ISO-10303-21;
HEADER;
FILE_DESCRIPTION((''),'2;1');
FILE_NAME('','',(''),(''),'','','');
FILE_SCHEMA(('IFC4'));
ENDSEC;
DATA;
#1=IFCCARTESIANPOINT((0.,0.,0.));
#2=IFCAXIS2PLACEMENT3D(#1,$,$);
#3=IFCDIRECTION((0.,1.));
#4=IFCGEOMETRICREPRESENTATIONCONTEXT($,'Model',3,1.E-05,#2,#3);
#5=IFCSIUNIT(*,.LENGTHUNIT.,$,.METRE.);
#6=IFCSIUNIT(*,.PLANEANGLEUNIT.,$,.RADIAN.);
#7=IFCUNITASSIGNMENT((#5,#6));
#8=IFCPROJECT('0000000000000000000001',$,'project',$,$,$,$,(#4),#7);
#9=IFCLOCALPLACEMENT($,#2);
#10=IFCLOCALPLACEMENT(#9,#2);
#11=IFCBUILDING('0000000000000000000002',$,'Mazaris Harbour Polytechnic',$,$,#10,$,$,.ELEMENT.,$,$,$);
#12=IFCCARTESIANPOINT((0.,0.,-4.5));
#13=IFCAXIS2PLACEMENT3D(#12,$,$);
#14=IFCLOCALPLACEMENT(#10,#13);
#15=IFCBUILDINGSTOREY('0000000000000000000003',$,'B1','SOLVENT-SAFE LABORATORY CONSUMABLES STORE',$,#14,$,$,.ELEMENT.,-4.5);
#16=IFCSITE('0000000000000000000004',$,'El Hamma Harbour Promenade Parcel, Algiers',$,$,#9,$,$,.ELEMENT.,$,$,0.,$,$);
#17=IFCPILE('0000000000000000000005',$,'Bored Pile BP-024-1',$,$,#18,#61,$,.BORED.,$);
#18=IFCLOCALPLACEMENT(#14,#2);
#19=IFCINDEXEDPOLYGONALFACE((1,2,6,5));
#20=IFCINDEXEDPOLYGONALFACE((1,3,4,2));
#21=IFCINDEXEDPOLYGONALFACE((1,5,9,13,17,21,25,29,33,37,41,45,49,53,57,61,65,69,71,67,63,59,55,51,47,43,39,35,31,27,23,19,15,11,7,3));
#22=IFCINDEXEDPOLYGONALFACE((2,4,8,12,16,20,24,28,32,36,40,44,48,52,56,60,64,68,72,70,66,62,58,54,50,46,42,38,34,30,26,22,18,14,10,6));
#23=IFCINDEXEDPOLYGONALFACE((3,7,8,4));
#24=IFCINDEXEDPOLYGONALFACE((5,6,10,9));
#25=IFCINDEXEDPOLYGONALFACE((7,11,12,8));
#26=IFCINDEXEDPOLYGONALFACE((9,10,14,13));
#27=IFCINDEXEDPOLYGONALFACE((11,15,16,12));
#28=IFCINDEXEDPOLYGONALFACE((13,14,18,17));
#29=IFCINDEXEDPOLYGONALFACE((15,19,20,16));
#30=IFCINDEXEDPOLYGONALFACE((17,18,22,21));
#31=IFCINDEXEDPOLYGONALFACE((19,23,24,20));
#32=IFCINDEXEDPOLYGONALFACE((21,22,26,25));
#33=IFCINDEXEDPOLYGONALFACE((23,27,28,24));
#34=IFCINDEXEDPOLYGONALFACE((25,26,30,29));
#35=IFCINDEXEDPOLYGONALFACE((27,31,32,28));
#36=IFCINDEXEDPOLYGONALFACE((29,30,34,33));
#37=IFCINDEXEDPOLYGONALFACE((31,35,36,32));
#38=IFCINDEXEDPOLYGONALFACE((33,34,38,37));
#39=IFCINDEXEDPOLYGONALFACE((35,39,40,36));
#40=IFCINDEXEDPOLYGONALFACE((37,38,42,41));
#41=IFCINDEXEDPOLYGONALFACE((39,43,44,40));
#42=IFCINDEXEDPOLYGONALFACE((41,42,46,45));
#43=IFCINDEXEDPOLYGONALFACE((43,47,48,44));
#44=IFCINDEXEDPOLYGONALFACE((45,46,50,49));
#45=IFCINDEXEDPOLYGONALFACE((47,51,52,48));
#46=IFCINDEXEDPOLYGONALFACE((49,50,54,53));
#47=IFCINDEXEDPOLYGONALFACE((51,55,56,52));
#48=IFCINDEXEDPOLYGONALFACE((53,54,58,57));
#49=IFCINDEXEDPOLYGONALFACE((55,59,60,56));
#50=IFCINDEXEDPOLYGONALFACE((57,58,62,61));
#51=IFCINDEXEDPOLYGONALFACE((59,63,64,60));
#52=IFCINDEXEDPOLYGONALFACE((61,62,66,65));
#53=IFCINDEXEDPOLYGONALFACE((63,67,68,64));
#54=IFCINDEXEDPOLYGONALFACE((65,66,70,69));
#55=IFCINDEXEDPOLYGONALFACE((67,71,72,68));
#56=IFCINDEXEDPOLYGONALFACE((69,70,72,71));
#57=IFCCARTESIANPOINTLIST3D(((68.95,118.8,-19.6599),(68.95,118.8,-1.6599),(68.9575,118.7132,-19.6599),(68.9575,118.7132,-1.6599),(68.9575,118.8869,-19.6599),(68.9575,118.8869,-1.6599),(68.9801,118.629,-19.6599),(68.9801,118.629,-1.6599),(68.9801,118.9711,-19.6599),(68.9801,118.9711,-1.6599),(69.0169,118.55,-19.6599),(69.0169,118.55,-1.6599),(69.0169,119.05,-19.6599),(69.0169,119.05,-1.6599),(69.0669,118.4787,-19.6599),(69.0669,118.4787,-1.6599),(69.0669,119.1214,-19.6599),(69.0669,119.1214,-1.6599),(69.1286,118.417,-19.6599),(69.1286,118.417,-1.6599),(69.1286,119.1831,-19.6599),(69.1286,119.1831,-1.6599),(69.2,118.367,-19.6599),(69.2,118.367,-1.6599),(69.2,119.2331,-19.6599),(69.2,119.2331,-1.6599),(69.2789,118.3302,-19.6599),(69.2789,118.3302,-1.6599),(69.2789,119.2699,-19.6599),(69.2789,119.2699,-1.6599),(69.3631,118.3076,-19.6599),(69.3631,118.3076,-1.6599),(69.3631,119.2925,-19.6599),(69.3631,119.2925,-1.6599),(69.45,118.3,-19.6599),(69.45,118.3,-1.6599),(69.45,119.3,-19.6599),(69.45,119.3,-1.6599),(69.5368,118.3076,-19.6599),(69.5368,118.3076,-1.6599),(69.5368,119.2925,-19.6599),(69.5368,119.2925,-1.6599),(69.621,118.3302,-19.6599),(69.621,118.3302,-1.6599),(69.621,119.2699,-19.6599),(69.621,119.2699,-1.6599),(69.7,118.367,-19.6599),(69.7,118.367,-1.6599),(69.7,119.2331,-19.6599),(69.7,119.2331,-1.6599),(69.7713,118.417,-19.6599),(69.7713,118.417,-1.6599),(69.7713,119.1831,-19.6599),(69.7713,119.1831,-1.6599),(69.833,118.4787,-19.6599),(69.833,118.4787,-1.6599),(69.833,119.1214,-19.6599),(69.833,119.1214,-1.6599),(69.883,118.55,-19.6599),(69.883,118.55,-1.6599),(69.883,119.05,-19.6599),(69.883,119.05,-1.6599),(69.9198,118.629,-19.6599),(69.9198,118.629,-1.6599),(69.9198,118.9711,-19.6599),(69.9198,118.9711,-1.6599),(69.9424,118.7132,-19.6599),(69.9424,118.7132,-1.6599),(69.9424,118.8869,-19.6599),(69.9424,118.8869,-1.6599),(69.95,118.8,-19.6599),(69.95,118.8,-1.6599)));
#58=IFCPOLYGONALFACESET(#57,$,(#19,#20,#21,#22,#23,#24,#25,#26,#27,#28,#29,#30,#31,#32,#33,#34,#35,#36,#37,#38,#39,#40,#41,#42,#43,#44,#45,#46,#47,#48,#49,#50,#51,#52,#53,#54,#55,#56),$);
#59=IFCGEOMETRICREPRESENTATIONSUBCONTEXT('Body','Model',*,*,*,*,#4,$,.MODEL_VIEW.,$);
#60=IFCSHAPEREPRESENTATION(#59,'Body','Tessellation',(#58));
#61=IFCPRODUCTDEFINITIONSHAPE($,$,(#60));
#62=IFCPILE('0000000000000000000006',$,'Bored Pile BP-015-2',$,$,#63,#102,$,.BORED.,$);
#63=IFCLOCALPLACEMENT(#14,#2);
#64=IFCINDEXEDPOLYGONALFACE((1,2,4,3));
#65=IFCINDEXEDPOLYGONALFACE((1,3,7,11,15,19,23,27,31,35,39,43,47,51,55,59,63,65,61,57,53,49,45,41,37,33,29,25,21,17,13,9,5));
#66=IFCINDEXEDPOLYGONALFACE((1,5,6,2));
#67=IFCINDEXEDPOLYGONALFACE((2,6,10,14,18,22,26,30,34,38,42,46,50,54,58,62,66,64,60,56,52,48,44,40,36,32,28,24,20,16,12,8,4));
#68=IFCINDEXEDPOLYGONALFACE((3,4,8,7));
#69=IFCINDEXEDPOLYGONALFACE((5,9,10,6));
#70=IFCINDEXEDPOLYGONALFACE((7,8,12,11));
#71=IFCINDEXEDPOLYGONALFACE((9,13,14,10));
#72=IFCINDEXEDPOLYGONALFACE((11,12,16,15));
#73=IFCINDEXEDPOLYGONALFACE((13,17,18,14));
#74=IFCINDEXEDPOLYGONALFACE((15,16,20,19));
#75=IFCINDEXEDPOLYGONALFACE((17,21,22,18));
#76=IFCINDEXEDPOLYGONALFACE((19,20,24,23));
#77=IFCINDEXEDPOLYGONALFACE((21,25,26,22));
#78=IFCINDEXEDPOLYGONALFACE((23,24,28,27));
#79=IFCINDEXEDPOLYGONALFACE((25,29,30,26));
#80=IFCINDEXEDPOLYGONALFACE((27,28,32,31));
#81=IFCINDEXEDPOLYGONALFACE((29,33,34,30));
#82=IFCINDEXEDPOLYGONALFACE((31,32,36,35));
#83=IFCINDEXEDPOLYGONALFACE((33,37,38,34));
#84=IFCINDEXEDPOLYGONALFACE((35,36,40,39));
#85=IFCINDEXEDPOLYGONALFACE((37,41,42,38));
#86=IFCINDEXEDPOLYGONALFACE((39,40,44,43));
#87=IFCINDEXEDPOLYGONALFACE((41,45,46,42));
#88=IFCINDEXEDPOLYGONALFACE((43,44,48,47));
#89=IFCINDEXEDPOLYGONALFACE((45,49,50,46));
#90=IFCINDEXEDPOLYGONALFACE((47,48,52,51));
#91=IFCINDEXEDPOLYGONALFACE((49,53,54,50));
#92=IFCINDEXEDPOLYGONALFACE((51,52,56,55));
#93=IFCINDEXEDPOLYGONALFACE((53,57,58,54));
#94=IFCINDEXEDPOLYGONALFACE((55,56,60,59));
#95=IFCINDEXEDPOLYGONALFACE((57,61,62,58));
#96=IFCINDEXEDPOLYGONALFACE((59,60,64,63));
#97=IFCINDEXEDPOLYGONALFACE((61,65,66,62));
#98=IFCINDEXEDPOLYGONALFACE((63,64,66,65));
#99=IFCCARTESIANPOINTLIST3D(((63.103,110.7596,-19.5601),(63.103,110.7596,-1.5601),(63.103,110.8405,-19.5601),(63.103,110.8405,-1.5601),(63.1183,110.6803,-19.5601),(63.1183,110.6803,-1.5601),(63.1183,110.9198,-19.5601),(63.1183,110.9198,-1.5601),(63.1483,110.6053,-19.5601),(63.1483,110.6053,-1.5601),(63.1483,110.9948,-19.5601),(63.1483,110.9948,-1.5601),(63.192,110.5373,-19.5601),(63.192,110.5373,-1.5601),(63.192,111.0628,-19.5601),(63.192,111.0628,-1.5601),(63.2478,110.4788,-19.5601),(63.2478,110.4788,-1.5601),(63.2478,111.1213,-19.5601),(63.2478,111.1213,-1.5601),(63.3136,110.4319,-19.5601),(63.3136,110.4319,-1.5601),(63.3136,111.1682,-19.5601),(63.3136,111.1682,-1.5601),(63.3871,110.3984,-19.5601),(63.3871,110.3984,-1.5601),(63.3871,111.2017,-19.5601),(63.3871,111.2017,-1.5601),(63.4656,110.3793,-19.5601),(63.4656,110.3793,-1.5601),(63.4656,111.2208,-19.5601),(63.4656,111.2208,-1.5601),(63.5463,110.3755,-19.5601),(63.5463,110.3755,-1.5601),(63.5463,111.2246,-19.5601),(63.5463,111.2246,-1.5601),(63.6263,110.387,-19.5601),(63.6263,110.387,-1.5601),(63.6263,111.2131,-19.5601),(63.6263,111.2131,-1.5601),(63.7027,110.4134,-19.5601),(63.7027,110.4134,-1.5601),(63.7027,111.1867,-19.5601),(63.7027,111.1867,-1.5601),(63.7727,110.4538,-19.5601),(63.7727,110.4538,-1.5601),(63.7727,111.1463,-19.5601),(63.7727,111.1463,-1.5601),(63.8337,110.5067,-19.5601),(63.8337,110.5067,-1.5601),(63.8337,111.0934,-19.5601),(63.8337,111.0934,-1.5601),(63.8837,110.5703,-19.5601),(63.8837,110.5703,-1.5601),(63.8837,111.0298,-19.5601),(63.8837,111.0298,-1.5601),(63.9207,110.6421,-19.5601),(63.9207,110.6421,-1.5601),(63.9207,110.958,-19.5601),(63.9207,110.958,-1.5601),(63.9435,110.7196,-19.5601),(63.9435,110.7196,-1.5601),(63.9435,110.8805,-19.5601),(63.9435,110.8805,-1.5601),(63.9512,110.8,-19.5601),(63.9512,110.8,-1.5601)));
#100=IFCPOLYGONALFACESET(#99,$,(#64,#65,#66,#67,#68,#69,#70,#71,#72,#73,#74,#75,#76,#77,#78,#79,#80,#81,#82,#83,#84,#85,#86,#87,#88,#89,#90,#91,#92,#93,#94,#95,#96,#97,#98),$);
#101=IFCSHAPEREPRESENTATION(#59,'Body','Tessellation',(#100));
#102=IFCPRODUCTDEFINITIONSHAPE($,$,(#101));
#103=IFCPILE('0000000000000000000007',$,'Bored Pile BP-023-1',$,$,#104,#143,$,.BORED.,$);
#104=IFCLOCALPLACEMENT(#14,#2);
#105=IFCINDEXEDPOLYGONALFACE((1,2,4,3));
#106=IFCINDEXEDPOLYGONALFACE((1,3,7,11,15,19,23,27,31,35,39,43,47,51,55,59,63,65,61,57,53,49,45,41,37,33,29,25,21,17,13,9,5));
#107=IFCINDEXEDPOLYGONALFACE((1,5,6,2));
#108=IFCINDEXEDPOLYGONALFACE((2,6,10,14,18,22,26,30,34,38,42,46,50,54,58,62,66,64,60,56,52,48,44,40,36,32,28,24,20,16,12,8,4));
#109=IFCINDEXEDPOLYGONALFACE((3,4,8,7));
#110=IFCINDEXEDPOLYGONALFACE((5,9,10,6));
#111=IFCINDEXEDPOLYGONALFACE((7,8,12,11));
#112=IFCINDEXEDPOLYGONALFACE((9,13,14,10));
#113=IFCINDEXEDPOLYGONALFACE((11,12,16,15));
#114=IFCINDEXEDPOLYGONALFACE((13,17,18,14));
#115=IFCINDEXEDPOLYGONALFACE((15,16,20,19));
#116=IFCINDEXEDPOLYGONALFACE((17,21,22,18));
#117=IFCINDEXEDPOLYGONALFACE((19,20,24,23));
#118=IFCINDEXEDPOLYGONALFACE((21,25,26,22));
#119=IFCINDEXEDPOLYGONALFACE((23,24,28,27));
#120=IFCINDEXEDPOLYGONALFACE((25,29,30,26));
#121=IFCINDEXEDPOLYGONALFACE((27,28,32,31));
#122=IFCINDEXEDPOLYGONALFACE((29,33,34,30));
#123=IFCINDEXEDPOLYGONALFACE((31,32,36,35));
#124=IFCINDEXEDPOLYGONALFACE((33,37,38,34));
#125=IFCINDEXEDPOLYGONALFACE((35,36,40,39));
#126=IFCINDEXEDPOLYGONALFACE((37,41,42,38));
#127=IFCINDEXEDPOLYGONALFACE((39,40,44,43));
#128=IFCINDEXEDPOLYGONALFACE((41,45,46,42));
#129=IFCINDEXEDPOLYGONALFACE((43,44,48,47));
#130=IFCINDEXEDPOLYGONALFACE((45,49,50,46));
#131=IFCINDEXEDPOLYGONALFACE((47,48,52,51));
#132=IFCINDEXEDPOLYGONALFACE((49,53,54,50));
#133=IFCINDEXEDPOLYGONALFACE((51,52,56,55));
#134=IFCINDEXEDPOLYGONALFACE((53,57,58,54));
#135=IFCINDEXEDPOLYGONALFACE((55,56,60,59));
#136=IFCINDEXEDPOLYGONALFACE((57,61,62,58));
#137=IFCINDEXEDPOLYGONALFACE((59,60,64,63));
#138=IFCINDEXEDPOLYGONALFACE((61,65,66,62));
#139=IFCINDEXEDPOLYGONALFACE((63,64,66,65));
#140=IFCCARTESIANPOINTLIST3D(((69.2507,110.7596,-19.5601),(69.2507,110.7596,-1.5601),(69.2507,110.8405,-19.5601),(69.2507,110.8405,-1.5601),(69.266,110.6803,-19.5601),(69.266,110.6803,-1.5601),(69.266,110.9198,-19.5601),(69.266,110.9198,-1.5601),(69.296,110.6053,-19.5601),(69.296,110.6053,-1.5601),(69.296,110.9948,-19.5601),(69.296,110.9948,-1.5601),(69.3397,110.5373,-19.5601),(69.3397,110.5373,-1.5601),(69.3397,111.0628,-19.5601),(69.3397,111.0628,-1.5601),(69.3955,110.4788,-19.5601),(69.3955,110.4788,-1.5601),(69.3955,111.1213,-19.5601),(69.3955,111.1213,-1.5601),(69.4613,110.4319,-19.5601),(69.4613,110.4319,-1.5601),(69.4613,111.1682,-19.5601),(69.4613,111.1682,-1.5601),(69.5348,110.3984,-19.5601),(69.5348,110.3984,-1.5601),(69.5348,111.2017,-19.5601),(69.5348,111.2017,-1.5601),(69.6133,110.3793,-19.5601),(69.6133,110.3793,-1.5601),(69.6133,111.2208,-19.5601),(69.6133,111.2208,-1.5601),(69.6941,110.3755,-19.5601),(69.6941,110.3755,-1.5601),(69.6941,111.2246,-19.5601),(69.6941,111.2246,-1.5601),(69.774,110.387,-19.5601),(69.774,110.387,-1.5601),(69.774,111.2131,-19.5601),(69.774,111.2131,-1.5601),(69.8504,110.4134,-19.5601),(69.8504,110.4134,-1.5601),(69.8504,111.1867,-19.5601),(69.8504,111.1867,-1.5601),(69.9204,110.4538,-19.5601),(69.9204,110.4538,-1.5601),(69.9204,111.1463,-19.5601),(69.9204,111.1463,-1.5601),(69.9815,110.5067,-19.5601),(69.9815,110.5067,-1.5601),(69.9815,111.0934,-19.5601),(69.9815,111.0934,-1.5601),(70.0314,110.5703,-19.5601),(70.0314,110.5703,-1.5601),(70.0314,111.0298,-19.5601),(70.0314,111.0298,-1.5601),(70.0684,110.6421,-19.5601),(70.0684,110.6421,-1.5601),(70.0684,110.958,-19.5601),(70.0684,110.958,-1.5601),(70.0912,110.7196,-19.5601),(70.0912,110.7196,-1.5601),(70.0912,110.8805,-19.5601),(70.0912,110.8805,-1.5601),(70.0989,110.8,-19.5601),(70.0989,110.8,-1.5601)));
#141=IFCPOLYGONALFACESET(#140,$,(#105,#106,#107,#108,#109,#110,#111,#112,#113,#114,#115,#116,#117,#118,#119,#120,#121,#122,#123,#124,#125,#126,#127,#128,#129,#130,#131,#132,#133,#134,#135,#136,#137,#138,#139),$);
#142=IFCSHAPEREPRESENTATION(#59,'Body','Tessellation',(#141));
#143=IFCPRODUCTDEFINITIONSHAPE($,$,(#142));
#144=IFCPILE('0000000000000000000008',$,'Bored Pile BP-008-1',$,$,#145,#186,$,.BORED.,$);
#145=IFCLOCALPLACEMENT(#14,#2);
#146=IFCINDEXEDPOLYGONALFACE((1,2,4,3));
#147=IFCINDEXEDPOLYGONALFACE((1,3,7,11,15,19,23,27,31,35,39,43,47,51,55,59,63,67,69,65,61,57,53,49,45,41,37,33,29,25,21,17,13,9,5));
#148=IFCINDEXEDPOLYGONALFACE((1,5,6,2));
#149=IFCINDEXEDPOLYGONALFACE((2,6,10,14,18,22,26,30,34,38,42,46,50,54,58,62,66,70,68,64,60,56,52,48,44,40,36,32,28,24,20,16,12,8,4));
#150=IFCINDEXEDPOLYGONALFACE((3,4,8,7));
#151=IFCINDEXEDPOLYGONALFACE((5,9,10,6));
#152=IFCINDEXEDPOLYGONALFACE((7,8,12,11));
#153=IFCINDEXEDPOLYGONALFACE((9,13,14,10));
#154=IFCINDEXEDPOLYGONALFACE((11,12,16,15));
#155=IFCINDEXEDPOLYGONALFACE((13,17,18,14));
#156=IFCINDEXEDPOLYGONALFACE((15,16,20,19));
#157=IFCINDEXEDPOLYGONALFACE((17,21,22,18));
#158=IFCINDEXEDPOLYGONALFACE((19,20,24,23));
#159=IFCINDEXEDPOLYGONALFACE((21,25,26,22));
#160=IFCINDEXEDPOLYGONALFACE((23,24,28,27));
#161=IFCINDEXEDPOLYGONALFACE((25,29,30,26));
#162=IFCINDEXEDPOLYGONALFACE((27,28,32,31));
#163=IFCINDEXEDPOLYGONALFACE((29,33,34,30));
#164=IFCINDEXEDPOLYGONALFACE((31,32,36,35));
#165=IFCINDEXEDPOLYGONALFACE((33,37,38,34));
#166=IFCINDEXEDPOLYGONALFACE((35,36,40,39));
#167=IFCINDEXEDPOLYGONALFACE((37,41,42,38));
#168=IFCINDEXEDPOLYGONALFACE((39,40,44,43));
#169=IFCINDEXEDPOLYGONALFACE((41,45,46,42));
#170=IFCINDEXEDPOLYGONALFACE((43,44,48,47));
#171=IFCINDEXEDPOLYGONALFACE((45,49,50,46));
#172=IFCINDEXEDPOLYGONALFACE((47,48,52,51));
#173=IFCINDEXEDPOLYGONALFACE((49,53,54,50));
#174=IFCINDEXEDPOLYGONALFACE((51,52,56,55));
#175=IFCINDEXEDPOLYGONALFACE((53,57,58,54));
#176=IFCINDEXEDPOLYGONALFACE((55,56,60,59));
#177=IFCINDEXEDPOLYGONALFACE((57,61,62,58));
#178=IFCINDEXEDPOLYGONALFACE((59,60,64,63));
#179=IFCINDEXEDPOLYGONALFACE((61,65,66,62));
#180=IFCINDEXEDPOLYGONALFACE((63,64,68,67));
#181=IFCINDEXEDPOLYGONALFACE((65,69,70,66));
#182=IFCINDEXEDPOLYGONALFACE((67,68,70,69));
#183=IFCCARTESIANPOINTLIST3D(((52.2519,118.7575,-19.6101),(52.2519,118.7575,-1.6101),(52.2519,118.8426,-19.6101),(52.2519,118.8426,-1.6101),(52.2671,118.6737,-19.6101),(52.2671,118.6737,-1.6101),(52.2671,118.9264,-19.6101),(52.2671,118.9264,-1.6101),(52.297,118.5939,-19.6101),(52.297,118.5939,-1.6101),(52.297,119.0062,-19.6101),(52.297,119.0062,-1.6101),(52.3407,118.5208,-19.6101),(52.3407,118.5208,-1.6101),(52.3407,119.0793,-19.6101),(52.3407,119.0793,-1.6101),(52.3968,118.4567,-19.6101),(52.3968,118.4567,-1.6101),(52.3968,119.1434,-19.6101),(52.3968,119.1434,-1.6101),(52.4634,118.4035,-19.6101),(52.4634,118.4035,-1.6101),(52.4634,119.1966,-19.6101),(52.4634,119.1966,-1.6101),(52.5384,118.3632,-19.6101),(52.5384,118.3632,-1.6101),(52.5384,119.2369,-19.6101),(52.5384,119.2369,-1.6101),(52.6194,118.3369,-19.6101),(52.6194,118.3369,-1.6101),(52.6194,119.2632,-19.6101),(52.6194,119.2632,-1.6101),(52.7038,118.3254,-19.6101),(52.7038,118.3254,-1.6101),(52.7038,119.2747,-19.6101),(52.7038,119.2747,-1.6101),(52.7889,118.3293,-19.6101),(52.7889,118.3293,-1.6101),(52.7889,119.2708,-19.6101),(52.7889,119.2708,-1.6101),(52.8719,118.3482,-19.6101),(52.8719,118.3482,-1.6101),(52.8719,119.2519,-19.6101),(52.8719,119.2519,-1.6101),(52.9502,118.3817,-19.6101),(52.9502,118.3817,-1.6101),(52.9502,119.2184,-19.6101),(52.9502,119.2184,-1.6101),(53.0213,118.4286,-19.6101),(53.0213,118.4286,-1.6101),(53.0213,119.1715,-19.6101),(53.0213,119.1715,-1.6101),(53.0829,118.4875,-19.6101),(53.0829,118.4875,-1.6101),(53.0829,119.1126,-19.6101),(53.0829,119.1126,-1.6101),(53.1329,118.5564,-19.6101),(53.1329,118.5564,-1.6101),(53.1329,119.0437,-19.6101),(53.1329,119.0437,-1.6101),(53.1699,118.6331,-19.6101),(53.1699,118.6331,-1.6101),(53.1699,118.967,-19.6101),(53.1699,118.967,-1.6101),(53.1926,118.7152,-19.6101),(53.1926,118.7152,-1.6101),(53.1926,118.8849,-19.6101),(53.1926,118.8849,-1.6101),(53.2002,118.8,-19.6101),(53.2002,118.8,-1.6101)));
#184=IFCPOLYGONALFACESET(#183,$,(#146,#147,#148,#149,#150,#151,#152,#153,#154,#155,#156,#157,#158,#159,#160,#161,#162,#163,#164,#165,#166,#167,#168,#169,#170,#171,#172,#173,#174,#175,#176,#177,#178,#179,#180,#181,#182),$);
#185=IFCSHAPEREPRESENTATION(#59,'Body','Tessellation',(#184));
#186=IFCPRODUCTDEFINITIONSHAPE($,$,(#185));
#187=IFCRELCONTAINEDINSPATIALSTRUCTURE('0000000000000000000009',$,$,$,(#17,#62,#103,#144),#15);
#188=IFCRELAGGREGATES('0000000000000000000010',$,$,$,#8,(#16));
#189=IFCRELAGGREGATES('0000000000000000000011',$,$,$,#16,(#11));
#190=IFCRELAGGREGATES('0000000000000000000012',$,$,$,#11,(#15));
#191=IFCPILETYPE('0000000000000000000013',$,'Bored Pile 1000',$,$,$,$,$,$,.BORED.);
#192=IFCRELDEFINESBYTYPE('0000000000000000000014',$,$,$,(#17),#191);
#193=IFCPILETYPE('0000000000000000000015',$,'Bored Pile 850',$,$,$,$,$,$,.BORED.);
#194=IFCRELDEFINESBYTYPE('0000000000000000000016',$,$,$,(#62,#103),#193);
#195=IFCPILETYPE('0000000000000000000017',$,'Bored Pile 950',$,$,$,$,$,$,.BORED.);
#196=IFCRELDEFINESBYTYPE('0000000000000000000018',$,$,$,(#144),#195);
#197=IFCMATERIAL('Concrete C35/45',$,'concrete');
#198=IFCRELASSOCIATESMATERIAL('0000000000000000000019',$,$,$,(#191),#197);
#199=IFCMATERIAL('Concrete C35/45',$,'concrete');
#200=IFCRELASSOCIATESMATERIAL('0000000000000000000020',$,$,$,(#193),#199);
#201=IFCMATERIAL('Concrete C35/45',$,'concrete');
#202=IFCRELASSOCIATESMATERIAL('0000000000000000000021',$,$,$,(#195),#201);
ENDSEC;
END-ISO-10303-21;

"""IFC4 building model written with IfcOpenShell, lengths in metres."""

from ifc_helpers import new_model, si_unit, direction, frame, origin, origin_2d, place, context, subcontext, project, spatial, circle, extrude, material, material_profile, profile_set, type_object, element, save


model = new_model("IFC4")

# Units and contexts
model_context = context("Model", 3, precision=1e-05, world=origin(), true_north=direction((0.0, 1.0)))
body_context = subcontext(model_context, "Body", "Model", "MODEL_VIEW")
ifc_project = project(units=[si_unit("LENGTHUNIT", "METRE"), si_unit("PLANEANGLEUNIT", "RADIAN")], contexts=[model_context])

# Site, building, storey
site_placement = place(None, origin())
site = spatial("IfcSite", under=ifc_project, at=site_placement, Name="El Hamma Harbour Promenade Parcel, Algiers", CompositionType="ELEMENT", RefElevation=0.0)
building_placement = place(site_placement, origin())
building = spatial("IfcBuilding", under=site, at=building_placement, Name="Mazaris Harbour Polytechnic", CompositionType="ELEMENT")
storey_placement = place(building_placement, frame((0.0, 0.0, -4.5)))
storey = spatial("IfcBuildingStorey", under=building, at=storey_placement, Name="B1", Description="SOLVENT-SAFE LABORATORY CONSUMABLES STORE", CompositionType="ELEMENT", Elevation=-4.5)

# Piles
ifc_material_1 = material(Name="Concrete C35/45", Category="concrete")
ifc_material_profile_1 = material_profile(ifc_material_1, circle(Radius=0.5, at=origin_2d()), Name="DIA1000")
ifc_profile_set_1 = profile_set([ifc_material_profile_1], Name="Concrete C35/45")
pile_type_1 = type_object("IfcPileType", Name="Bored Pile 1000", PredefinedType="BORED", material=ifc_profile_set_1)
pile_placement = place(storey_placement, frame((69.45, 118.8, -1.6599), z_axis=(0.0, 0.0, -1.0), x_axis=(1.0, 0.0, 0.0)))
element("IfcPile", 1, at=pile_placement, inside=storey, type_object=pile_type_1, Name="Bored Pile BP-024-1", PredefinedType="BORED", context=body_context, shape_type="SweptSolid", body=[
    extrude(circle(Radius=0.5, at=origin_2d()), origin(), (0.0, 0.0, 1.0), 18.0),
])
ifc_material_2 = material(Name="Concrete C35/45", Category="concrete")
ifc_material_profile_2 = material_profile(ifc_material_2, circle(Radius=0.425, at=origin_2d()), Name="DIA850")
ifc_profile_set_2 = profile_set([ifc_material_profile_2], Name="Concrete C35/45")
pile_type_2 = type_object("IfcPileType", Name="Bored Pile 850", PredefinedType="BORED", material=ifc_profile_set_2)
for number, where, z_axis, x_axis, name in (
    (2, (63.5261, 110.8, -1.5601), (0.0, 0.0, -1.0), (1.0, 0.0, 0.0), "Bored Pile BP-015-2"),
    (3, (69.6738, 110.8, -1.5601), (0.0, 0.0, -1.0), (1.0, 0.0, 0.0), "Bored Pile BP-023-1"),
):
    element("IfcPile", number, at=place(storey_placement, frame(where, z_axis=z_axis, x_axis=x_axis)), inside=storey, type_object=pile_type_2, Name=name, PredefinedType="BORED", context=body_context, shape_type="SweptSolid", body=[
        extrude(circle(Radius=0.425, at=origin_2d()), origin(), (0.0, 0.0, 1.0), 18.0),
    ])
ifc_material_3 = material(Name="Concrete C35/45", Category="concrete")
ifc_material_profile_3 = material_profile(ifc_material_3, circle(Radius=0.4751, at=origin_2d()), Name="DIA950")
ifc_profile_set_3 = profile_set([ifc_material_profile_3], Name="Concrete C35/45")
pile_type_3 = type_object("IfcPileType", Name="Bored Pile 950", PredefinedType="BORED", material=ifc_profile_set_3)
for number, where, z_axis, x_axis, name in (
    (4, (52.7251, 118.8, -1.6101), (0.0, 0.0, -1.0), (1.0, 0.0, 0.0), "Bored Pile BP-008-1"),
):
    element("IfcPile", number, at=place(storey_placement, frame(where, z_axis=z_axis, x_axis=x_axis)), inside=storey, type_object=pile_type_3, Name=name, PredefinedType="BORED", context=body_context, shape_type="SweptSolid", body=[
        extrude(circle(Radius=0.4751, at=origin_2d()), origin(), (0.0, 0.0, 1.0), 18.0),
    ])

save(model, "model.ifc")
